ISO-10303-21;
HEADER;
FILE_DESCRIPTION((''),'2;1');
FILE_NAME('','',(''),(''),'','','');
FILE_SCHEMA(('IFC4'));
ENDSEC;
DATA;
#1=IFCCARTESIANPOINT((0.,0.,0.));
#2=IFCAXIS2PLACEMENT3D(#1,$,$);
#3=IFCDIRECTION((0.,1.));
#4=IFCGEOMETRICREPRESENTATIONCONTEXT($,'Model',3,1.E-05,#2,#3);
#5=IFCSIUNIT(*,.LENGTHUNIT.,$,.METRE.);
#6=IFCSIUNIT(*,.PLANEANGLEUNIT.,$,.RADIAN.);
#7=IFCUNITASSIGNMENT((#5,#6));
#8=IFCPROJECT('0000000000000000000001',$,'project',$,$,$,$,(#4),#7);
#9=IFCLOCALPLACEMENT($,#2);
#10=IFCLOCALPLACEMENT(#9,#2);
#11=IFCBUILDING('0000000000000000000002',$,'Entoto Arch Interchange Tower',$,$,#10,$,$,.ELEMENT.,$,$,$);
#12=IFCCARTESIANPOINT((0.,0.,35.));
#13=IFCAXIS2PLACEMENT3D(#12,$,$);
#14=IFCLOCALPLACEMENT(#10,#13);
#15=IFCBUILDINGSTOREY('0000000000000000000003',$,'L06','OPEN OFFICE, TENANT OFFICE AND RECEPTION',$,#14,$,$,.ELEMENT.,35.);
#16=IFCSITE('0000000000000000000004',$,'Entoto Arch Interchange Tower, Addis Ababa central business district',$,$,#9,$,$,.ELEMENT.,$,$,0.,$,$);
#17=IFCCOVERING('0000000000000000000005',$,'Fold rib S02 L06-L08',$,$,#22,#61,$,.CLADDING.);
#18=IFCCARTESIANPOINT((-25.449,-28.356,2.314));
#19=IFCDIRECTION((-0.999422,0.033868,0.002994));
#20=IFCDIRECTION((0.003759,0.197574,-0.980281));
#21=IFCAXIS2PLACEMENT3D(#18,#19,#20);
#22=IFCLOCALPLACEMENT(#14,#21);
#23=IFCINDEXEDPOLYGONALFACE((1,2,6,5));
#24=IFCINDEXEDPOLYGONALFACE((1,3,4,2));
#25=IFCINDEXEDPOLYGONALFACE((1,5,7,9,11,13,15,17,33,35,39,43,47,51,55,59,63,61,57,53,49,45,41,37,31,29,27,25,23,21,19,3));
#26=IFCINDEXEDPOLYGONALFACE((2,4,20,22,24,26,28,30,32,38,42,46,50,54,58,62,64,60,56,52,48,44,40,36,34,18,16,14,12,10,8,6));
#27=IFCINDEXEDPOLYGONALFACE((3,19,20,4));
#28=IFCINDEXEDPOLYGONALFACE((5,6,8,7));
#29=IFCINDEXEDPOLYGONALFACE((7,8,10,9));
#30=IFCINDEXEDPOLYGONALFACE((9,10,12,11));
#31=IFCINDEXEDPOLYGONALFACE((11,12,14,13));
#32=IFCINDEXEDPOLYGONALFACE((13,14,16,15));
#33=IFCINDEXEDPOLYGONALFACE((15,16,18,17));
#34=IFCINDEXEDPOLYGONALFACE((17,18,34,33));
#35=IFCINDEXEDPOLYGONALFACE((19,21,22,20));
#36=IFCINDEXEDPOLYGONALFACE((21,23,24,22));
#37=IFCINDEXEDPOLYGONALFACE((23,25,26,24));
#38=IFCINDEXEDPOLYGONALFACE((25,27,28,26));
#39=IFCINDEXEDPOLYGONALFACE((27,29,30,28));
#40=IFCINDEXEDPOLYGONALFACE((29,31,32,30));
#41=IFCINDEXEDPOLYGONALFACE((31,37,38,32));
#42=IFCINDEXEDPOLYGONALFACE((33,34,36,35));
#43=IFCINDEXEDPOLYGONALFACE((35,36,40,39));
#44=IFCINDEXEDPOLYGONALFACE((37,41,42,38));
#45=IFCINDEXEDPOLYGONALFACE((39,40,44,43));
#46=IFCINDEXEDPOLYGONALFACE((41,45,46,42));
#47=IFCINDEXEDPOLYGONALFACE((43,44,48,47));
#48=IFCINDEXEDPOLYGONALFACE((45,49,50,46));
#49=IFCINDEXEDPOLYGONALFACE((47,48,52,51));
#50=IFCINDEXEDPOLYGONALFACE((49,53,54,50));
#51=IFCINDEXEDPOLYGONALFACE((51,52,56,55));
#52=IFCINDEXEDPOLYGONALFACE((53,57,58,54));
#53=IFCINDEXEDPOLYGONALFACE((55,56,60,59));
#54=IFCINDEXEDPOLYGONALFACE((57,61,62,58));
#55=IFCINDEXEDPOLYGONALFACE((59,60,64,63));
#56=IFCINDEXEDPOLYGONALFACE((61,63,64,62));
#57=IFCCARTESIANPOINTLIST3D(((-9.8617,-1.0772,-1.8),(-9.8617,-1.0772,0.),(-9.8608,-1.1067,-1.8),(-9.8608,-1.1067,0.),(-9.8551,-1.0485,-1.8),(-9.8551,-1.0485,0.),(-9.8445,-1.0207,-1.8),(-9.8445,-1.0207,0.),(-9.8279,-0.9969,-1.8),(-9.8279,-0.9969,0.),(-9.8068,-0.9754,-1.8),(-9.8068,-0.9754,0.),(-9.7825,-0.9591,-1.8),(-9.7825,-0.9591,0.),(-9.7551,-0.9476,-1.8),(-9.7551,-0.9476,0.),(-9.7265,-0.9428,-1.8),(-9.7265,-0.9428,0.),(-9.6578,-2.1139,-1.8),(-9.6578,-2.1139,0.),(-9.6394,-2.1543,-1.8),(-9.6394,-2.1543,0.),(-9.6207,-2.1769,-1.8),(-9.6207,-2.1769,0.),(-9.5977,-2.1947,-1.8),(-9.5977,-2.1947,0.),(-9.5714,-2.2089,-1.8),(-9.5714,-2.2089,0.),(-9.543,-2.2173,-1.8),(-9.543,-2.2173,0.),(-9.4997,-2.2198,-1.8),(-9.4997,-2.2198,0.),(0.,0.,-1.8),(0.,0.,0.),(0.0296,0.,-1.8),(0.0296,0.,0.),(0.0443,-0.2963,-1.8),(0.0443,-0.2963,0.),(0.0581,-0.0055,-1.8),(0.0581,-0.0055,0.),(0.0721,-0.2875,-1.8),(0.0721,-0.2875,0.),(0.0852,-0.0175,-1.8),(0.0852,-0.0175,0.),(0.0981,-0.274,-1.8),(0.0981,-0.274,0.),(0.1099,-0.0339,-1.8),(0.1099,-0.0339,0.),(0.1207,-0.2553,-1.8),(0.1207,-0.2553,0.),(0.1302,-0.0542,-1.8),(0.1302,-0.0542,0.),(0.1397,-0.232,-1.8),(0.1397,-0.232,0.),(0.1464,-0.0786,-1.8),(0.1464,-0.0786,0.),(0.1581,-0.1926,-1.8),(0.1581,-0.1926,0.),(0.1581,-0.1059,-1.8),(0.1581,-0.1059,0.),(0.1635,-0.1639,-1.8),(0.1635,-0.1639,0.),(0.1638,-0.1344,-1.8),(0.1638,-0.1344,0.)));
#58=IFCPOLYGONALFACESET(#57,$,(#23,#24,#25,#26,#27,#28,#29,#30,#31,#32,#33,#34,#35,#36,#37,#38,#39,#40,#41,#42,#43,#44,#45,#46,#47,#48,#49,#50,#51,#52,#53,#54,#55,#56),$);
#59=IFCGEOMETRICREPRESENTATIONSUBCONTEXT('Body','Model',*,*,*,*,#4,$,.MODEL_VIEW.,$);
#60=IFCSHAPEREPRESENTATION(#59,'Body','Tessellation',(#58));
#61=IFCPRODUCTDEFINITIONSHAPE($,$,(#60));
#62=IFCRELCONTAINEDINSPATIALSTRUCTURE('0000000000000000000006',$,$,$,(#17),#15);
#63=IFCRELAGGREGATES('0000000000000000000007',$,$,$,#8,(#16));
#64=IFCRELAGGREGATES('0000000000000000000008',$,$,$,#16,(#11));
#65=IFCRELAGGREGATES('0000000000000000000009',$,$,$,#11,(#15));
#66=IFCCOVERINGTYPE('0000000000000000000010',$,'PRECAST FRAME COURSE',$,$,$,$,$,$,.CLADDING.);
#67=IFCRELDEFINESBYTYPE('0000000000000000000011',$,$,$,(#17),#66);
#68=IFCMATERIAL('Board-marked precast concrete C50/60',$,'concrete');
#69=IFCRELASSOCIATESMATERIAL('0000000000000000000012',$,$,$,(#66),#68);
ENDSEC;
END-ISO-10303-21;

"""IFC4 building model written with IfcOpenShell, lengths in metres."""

from ifc_helpers import new_model, si_unit, direction, frame, origin, place, context, subcontext, project, spatial, polyline, outline, extrude, material, type_object, element, save


model = new_model("IFC4")

# Units and contexts
model_context = context("Model", 3, precision=1e-05, world=origin(), true_north=direction((0.0, 1.0)))
body_context = subcontext(model_context, "Body", "Model", "MODEL_VIEW")
ifc_project = project(units=[si_unit("LENGTHUNIT", "METRE"), si_unit("PLANEANGLEUNIT", "RADIAN")], contexts=[model_context])

# Site, building, storey
site_placement = place(None, origin())
site = spatial("IfcSite", under=ifc_project, at=site_placement, Name="Entoto Arch Interchange Tower, Addis Ababa central business district", CompositionType="ELEMENT", RefElevation=0.0)
building_placement = place(site_placement, origin())
building = spatial("IfcBuilding", under=site, at=building_placement, Name="Entoto Arch Interchange Tower", CompositionType="ELEMENT")
storey_placement = place(building_placement, frame((0.0, 0.0, 35.0)))
storey = spatial("IfcBuildingStorey", under=building, at=storey_placement, Name="L06", Description="OPEN OFFICE, TENANT OFFICE AND RECEPTION", CompositionType="ELEMENT", Elevation=35.0)

# Covering
ifc_material_1 = material(Name="Board-marked precast concrete C50/60", Category="concrete")
covering_type = type_object("IfcCoveringType", Name="PRECAST FRAME COURSE", PredefinedType="CLADDING", material=ifc_material_1)
covering_placement = place(storey_placement, frame((-25.449, -28.356, 2.314), z_axis=(-0.999422, 0.033868, 0.002994), x_axis=(0.003759, 0.197574, -0.980281)))
element("IfcCovering", 1, at=covering_placement, inside=storey, type_object=covering_type, Name="Fold rib S02 L06-L08", PredefinedType="CLADDING", context=body_context, shape_type="SweptSolid", body=[
    extrude(outline(polyline([(0.0, 0.0), (0.0296, 0.0), (0.0581, -0.0055), (0.0852, -0.0175), (0.1099, -0.0339), (0.1302, -0.0542), (0.1464, -0.0786), (0.1581, -0.1059), (0.1638, -0.1344), (0.1635, -0.1639), (0.1581, -0.1926), (0.1397, -0.232), (0.1207, -0.2553), (0.0981, -0.274), (0.0721, -0.2875), (0.0443, -0.2963), (-9.4997, -2.2198), (-9.543, -2.2173), (-9.5714, -2.2089), (-9.5977, -2.1947), (-9.6207, -2.1769), (-9.6394, -2.1543), (-9.6578, -2.1139), (-9.8608, -1.1067), (-9.8617, -1.0772), (-9.8551, -1.0485), (-9.8445, -1.0207), (-9.8279, -0.9969), (-9.8068, -0.9754), (-9.7825, -0.9591), (-9.7551, -0.9476), (-9.7265, -0.9428), (0.0, 0.0)])), origin(), (0.0, 0.0, -1.0), 1.8),
])

save(model, "model.ifc")
